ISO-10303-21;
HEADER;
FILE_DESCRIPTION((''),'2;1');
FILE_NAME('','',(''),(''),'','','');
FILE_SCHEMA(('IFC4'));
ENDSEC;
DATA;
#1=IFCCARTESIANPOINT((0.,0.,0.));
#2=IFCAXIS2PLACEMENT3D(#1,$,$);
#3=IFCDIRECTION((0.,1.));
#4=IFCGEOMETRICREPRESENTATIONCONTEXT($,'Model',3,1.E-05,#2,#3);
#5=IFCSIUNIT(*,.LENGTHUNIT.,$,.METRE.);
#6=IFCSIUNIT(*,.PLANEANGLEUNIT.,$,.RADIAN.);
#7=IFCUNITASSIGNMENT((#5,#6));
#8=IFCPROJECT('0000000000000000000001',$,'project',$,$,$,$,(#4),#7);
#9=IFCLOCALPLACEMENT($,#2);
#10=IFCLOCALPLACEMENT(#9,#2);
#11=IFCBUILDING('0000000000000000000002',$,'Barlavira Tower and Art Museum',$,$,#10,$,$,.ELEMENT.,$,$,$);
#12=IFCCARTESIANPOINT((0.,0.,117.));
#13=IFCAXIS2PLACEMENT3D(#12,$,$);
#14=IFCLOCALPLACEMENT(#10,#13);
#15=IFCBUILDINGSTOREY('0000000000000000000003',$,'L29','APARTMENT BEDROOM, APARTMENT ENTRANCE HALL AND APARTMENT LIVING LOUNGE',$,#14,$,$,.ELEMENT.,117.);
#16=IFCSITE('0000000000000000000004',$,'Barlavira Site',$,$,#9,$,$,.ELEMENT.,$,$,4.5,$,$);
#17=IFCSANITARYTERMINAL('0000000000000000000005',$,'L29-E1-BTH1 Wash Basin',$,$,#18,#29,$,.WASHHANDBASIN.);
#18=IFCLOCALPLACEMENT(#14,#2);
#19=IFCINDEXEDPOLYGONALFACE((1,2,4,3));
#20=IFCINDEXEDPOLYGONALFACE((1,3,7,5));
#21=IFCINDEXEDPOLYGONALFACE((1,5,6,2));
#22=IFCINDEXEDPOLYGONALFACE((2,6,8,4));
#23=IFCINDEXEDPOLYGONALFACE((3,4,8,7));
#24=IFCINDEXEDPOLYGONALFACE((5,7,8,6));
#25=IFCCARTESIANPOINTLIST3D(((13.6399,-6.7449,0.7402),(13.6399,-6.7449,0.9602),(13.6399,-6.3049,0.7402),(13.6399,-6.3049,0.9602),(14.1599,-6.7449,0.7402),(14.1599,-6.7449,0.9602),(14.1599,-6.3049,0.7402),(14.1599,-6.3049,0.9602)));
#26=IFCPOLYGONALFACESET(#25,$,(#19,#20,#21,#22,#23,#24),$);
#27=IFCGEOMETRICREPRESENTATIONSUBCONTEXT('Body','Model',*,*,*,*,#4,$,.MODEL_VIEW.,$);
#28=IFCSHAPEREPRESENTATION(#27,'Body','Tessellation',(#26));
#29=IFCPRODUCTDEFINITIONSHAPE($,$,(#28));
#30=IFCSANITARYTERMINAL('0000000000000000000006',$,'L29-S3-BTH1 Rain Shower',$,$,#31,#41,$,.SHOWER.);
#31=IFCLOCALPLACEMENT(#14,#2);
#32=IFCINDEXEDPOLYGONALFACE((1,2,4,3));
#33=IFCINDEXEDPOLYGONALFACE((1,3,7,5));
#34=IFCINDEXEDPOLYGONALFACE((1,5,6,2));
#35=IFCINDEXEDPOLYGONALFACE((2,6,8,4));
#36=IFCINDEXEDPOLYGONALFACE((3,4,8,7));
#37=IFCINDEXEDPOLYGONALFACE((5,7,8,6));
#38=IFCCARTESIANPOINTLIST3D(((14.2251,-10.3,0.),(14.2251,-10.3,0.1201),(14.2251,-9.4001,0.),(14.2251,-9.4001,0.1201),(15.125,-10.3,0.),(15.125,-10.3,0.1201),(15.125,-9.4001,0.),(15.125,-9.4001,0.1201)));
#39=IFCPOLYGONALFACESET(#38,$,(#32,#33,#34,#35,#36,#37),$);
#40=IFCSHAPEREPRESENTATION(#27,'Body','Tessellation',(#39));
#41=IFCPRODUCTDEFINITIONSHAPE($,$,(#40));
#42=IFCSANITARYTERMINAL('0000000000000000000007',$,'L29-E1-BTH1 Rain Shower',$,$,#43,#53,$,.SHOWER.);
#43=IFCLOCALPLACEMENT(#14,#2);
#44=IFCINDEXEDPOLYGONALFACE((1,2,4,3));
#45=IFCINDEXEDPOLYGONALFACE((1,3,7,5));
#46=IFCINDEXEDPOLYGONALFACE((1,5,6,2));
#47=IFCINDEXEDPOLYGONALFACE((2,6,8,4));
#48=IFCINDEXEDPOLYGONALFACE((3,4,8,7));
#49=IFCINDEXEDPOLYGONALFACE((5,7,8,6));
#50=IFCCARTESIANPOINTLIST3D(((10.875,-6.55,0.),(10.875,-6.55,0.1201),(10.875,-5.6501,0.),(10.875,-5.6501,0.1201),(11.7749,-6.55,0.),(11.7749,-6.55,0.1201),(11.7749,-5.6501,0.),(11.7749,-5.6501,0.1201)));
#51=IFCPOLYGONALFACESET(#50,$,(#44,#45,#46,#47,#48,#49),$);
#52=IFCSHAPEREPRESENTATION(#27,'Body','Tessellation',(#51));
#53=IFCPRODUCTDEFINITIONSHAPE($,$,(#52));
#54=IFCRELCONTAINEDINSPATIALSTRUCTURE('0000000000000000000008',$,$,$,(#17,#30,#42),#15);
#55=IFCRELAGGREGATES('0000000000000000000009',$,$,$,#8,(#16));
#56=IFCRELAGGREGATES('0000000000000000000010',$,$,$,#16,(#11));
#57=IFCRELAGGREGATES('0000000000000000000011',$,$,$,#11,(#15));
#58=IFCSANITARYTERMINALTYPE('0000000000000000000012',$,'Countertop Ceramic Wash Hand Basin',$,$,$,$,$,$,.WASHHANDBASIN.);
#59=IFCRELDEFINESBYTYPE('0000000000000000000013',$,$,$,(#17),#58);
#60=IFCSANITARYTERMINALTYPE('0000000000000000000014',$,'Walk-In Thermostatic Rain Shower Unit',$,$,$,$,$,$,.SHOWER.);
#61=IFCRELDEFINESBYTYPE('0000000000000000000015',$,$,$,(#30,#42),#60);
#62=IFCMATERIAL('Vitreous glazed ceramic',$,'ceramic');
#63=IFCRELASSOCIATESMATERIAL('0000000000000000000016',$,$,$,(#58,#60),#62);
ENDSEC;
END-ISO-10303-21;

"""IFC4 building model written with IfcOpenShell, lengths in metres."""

from ifc_helpers import new_model, si_unit, direction, frame, origin, origin_2d, place, context, subcontext, project, spatial, rectangle, extrude, material, type_object, element, save


model = new_model("IFC4")

# Units and contexts
model_context = context("Model", 3, precision=1e-05, world=origin(), true_north=direction((0.0, 1.0)))
body_context = subcontext(model_context, "Body", "Model", "MODEL_VIEW")
ifc_project = project(units=[si_unit("LENGTHUNIT", "METRE"), si_unit("PLANEANGLEUNIT", "RADIAN")], contexts=[model_context])

# Site, building, storey
site_placement = place(None, origin())
site = spatial("IfcSite", under=ifc_project, at=site_placement, Name="Barlavira Site", CompositionType="ELEMENT", RefElevation=4.5)
building_placement = place(site_placement, origin())
building = spatial("IfcBuilding", under=site, at=building_placement, Name="Barlavira Tower and Art Museum", CompositionType="ELEMENT")
storey_placement = place(building_placement, frame((0.0, 0.0, 117.0)))
storey = spatial("IfcBuildingStorey", under=building, at=storey_placement, Name="L29", Description="APARTMENT BEDROOM, APARTMENT ENTRANCE HALL AND APARTMENT LIVING LOUNGE", CompositionType="ELEMENT", Elevation=117.0)

# Sanitary terminals
ifc_material_1 = material(Name="Vitreous glazed ceramic", Category="ceramic")
sanitary_terminal_type_1 = type_object("IfcSanitaryTerminalType", Name="Countertop Ceramic Wash Hand Basin", PredefinedType="WASHHANDBASIN", material=ifc_material_1)
sanitary_terminal_placement = place(storey_placement, frame((13.8999, -6.5249, 0.7402), z_axis=(0.0, 0.0, 1.0), x_axis=(1.0, 0.0, 0.0)))
element("IfcSanitaryTerminal", 1, at=sanitary_terminal_placement, inside=storey, type_object=sanitary_terminal_type_1, Name="L29-E1-BTH1 Wash Basin", PredefinedType="WASHHANDBASIN", context=body_context, shape_type="SweptSolid", body=[
    extrude(rectangle(XDim=0.52, YDim=0.4399, at=origin_2d()), origin(), (0.0, 0.0, 1.0), 0.22),
])
sanitary_terminal_type_2 = type_object("IfcSanitaryTerminalType", Name="Walk-In Thermostatic Rain Shower Unit", PredefinedType="SHOWER", material=ifc_material_1)
for number, where, z_axis, x_axis, name in (
    (2, (14.675, -9.8501, 0.0), (0.0, 0.0, 1.0), (1.0, 0.0, 0.0), "L29-S3-BTH1 Rain Shower"),
    (3, (11.325, -6.1001, 0.0), (0.0, 0.0, 1.0), (1.0, 0.0, 0.0), "L29-E1-BTH1 Rain Shower"),
):
    element("IfcSanitaryTerminal", number, at=place(storey_placement, frame(where, z_axis=z_axis, x_axis=x_axis)), inside=storey, type_object=sanitary_terminal_type_2, Name=name, PredefinedType="SHOWER", context=body_context, shape_type="SweptSolid", body=[
        extrude(rectangle(XDim=0.8999, YDim=0.8999, at=origin_2d()), origin(), (0.0, 0.0, 1.0), 0.1201),
    ])

save(model, "model.ifc")
